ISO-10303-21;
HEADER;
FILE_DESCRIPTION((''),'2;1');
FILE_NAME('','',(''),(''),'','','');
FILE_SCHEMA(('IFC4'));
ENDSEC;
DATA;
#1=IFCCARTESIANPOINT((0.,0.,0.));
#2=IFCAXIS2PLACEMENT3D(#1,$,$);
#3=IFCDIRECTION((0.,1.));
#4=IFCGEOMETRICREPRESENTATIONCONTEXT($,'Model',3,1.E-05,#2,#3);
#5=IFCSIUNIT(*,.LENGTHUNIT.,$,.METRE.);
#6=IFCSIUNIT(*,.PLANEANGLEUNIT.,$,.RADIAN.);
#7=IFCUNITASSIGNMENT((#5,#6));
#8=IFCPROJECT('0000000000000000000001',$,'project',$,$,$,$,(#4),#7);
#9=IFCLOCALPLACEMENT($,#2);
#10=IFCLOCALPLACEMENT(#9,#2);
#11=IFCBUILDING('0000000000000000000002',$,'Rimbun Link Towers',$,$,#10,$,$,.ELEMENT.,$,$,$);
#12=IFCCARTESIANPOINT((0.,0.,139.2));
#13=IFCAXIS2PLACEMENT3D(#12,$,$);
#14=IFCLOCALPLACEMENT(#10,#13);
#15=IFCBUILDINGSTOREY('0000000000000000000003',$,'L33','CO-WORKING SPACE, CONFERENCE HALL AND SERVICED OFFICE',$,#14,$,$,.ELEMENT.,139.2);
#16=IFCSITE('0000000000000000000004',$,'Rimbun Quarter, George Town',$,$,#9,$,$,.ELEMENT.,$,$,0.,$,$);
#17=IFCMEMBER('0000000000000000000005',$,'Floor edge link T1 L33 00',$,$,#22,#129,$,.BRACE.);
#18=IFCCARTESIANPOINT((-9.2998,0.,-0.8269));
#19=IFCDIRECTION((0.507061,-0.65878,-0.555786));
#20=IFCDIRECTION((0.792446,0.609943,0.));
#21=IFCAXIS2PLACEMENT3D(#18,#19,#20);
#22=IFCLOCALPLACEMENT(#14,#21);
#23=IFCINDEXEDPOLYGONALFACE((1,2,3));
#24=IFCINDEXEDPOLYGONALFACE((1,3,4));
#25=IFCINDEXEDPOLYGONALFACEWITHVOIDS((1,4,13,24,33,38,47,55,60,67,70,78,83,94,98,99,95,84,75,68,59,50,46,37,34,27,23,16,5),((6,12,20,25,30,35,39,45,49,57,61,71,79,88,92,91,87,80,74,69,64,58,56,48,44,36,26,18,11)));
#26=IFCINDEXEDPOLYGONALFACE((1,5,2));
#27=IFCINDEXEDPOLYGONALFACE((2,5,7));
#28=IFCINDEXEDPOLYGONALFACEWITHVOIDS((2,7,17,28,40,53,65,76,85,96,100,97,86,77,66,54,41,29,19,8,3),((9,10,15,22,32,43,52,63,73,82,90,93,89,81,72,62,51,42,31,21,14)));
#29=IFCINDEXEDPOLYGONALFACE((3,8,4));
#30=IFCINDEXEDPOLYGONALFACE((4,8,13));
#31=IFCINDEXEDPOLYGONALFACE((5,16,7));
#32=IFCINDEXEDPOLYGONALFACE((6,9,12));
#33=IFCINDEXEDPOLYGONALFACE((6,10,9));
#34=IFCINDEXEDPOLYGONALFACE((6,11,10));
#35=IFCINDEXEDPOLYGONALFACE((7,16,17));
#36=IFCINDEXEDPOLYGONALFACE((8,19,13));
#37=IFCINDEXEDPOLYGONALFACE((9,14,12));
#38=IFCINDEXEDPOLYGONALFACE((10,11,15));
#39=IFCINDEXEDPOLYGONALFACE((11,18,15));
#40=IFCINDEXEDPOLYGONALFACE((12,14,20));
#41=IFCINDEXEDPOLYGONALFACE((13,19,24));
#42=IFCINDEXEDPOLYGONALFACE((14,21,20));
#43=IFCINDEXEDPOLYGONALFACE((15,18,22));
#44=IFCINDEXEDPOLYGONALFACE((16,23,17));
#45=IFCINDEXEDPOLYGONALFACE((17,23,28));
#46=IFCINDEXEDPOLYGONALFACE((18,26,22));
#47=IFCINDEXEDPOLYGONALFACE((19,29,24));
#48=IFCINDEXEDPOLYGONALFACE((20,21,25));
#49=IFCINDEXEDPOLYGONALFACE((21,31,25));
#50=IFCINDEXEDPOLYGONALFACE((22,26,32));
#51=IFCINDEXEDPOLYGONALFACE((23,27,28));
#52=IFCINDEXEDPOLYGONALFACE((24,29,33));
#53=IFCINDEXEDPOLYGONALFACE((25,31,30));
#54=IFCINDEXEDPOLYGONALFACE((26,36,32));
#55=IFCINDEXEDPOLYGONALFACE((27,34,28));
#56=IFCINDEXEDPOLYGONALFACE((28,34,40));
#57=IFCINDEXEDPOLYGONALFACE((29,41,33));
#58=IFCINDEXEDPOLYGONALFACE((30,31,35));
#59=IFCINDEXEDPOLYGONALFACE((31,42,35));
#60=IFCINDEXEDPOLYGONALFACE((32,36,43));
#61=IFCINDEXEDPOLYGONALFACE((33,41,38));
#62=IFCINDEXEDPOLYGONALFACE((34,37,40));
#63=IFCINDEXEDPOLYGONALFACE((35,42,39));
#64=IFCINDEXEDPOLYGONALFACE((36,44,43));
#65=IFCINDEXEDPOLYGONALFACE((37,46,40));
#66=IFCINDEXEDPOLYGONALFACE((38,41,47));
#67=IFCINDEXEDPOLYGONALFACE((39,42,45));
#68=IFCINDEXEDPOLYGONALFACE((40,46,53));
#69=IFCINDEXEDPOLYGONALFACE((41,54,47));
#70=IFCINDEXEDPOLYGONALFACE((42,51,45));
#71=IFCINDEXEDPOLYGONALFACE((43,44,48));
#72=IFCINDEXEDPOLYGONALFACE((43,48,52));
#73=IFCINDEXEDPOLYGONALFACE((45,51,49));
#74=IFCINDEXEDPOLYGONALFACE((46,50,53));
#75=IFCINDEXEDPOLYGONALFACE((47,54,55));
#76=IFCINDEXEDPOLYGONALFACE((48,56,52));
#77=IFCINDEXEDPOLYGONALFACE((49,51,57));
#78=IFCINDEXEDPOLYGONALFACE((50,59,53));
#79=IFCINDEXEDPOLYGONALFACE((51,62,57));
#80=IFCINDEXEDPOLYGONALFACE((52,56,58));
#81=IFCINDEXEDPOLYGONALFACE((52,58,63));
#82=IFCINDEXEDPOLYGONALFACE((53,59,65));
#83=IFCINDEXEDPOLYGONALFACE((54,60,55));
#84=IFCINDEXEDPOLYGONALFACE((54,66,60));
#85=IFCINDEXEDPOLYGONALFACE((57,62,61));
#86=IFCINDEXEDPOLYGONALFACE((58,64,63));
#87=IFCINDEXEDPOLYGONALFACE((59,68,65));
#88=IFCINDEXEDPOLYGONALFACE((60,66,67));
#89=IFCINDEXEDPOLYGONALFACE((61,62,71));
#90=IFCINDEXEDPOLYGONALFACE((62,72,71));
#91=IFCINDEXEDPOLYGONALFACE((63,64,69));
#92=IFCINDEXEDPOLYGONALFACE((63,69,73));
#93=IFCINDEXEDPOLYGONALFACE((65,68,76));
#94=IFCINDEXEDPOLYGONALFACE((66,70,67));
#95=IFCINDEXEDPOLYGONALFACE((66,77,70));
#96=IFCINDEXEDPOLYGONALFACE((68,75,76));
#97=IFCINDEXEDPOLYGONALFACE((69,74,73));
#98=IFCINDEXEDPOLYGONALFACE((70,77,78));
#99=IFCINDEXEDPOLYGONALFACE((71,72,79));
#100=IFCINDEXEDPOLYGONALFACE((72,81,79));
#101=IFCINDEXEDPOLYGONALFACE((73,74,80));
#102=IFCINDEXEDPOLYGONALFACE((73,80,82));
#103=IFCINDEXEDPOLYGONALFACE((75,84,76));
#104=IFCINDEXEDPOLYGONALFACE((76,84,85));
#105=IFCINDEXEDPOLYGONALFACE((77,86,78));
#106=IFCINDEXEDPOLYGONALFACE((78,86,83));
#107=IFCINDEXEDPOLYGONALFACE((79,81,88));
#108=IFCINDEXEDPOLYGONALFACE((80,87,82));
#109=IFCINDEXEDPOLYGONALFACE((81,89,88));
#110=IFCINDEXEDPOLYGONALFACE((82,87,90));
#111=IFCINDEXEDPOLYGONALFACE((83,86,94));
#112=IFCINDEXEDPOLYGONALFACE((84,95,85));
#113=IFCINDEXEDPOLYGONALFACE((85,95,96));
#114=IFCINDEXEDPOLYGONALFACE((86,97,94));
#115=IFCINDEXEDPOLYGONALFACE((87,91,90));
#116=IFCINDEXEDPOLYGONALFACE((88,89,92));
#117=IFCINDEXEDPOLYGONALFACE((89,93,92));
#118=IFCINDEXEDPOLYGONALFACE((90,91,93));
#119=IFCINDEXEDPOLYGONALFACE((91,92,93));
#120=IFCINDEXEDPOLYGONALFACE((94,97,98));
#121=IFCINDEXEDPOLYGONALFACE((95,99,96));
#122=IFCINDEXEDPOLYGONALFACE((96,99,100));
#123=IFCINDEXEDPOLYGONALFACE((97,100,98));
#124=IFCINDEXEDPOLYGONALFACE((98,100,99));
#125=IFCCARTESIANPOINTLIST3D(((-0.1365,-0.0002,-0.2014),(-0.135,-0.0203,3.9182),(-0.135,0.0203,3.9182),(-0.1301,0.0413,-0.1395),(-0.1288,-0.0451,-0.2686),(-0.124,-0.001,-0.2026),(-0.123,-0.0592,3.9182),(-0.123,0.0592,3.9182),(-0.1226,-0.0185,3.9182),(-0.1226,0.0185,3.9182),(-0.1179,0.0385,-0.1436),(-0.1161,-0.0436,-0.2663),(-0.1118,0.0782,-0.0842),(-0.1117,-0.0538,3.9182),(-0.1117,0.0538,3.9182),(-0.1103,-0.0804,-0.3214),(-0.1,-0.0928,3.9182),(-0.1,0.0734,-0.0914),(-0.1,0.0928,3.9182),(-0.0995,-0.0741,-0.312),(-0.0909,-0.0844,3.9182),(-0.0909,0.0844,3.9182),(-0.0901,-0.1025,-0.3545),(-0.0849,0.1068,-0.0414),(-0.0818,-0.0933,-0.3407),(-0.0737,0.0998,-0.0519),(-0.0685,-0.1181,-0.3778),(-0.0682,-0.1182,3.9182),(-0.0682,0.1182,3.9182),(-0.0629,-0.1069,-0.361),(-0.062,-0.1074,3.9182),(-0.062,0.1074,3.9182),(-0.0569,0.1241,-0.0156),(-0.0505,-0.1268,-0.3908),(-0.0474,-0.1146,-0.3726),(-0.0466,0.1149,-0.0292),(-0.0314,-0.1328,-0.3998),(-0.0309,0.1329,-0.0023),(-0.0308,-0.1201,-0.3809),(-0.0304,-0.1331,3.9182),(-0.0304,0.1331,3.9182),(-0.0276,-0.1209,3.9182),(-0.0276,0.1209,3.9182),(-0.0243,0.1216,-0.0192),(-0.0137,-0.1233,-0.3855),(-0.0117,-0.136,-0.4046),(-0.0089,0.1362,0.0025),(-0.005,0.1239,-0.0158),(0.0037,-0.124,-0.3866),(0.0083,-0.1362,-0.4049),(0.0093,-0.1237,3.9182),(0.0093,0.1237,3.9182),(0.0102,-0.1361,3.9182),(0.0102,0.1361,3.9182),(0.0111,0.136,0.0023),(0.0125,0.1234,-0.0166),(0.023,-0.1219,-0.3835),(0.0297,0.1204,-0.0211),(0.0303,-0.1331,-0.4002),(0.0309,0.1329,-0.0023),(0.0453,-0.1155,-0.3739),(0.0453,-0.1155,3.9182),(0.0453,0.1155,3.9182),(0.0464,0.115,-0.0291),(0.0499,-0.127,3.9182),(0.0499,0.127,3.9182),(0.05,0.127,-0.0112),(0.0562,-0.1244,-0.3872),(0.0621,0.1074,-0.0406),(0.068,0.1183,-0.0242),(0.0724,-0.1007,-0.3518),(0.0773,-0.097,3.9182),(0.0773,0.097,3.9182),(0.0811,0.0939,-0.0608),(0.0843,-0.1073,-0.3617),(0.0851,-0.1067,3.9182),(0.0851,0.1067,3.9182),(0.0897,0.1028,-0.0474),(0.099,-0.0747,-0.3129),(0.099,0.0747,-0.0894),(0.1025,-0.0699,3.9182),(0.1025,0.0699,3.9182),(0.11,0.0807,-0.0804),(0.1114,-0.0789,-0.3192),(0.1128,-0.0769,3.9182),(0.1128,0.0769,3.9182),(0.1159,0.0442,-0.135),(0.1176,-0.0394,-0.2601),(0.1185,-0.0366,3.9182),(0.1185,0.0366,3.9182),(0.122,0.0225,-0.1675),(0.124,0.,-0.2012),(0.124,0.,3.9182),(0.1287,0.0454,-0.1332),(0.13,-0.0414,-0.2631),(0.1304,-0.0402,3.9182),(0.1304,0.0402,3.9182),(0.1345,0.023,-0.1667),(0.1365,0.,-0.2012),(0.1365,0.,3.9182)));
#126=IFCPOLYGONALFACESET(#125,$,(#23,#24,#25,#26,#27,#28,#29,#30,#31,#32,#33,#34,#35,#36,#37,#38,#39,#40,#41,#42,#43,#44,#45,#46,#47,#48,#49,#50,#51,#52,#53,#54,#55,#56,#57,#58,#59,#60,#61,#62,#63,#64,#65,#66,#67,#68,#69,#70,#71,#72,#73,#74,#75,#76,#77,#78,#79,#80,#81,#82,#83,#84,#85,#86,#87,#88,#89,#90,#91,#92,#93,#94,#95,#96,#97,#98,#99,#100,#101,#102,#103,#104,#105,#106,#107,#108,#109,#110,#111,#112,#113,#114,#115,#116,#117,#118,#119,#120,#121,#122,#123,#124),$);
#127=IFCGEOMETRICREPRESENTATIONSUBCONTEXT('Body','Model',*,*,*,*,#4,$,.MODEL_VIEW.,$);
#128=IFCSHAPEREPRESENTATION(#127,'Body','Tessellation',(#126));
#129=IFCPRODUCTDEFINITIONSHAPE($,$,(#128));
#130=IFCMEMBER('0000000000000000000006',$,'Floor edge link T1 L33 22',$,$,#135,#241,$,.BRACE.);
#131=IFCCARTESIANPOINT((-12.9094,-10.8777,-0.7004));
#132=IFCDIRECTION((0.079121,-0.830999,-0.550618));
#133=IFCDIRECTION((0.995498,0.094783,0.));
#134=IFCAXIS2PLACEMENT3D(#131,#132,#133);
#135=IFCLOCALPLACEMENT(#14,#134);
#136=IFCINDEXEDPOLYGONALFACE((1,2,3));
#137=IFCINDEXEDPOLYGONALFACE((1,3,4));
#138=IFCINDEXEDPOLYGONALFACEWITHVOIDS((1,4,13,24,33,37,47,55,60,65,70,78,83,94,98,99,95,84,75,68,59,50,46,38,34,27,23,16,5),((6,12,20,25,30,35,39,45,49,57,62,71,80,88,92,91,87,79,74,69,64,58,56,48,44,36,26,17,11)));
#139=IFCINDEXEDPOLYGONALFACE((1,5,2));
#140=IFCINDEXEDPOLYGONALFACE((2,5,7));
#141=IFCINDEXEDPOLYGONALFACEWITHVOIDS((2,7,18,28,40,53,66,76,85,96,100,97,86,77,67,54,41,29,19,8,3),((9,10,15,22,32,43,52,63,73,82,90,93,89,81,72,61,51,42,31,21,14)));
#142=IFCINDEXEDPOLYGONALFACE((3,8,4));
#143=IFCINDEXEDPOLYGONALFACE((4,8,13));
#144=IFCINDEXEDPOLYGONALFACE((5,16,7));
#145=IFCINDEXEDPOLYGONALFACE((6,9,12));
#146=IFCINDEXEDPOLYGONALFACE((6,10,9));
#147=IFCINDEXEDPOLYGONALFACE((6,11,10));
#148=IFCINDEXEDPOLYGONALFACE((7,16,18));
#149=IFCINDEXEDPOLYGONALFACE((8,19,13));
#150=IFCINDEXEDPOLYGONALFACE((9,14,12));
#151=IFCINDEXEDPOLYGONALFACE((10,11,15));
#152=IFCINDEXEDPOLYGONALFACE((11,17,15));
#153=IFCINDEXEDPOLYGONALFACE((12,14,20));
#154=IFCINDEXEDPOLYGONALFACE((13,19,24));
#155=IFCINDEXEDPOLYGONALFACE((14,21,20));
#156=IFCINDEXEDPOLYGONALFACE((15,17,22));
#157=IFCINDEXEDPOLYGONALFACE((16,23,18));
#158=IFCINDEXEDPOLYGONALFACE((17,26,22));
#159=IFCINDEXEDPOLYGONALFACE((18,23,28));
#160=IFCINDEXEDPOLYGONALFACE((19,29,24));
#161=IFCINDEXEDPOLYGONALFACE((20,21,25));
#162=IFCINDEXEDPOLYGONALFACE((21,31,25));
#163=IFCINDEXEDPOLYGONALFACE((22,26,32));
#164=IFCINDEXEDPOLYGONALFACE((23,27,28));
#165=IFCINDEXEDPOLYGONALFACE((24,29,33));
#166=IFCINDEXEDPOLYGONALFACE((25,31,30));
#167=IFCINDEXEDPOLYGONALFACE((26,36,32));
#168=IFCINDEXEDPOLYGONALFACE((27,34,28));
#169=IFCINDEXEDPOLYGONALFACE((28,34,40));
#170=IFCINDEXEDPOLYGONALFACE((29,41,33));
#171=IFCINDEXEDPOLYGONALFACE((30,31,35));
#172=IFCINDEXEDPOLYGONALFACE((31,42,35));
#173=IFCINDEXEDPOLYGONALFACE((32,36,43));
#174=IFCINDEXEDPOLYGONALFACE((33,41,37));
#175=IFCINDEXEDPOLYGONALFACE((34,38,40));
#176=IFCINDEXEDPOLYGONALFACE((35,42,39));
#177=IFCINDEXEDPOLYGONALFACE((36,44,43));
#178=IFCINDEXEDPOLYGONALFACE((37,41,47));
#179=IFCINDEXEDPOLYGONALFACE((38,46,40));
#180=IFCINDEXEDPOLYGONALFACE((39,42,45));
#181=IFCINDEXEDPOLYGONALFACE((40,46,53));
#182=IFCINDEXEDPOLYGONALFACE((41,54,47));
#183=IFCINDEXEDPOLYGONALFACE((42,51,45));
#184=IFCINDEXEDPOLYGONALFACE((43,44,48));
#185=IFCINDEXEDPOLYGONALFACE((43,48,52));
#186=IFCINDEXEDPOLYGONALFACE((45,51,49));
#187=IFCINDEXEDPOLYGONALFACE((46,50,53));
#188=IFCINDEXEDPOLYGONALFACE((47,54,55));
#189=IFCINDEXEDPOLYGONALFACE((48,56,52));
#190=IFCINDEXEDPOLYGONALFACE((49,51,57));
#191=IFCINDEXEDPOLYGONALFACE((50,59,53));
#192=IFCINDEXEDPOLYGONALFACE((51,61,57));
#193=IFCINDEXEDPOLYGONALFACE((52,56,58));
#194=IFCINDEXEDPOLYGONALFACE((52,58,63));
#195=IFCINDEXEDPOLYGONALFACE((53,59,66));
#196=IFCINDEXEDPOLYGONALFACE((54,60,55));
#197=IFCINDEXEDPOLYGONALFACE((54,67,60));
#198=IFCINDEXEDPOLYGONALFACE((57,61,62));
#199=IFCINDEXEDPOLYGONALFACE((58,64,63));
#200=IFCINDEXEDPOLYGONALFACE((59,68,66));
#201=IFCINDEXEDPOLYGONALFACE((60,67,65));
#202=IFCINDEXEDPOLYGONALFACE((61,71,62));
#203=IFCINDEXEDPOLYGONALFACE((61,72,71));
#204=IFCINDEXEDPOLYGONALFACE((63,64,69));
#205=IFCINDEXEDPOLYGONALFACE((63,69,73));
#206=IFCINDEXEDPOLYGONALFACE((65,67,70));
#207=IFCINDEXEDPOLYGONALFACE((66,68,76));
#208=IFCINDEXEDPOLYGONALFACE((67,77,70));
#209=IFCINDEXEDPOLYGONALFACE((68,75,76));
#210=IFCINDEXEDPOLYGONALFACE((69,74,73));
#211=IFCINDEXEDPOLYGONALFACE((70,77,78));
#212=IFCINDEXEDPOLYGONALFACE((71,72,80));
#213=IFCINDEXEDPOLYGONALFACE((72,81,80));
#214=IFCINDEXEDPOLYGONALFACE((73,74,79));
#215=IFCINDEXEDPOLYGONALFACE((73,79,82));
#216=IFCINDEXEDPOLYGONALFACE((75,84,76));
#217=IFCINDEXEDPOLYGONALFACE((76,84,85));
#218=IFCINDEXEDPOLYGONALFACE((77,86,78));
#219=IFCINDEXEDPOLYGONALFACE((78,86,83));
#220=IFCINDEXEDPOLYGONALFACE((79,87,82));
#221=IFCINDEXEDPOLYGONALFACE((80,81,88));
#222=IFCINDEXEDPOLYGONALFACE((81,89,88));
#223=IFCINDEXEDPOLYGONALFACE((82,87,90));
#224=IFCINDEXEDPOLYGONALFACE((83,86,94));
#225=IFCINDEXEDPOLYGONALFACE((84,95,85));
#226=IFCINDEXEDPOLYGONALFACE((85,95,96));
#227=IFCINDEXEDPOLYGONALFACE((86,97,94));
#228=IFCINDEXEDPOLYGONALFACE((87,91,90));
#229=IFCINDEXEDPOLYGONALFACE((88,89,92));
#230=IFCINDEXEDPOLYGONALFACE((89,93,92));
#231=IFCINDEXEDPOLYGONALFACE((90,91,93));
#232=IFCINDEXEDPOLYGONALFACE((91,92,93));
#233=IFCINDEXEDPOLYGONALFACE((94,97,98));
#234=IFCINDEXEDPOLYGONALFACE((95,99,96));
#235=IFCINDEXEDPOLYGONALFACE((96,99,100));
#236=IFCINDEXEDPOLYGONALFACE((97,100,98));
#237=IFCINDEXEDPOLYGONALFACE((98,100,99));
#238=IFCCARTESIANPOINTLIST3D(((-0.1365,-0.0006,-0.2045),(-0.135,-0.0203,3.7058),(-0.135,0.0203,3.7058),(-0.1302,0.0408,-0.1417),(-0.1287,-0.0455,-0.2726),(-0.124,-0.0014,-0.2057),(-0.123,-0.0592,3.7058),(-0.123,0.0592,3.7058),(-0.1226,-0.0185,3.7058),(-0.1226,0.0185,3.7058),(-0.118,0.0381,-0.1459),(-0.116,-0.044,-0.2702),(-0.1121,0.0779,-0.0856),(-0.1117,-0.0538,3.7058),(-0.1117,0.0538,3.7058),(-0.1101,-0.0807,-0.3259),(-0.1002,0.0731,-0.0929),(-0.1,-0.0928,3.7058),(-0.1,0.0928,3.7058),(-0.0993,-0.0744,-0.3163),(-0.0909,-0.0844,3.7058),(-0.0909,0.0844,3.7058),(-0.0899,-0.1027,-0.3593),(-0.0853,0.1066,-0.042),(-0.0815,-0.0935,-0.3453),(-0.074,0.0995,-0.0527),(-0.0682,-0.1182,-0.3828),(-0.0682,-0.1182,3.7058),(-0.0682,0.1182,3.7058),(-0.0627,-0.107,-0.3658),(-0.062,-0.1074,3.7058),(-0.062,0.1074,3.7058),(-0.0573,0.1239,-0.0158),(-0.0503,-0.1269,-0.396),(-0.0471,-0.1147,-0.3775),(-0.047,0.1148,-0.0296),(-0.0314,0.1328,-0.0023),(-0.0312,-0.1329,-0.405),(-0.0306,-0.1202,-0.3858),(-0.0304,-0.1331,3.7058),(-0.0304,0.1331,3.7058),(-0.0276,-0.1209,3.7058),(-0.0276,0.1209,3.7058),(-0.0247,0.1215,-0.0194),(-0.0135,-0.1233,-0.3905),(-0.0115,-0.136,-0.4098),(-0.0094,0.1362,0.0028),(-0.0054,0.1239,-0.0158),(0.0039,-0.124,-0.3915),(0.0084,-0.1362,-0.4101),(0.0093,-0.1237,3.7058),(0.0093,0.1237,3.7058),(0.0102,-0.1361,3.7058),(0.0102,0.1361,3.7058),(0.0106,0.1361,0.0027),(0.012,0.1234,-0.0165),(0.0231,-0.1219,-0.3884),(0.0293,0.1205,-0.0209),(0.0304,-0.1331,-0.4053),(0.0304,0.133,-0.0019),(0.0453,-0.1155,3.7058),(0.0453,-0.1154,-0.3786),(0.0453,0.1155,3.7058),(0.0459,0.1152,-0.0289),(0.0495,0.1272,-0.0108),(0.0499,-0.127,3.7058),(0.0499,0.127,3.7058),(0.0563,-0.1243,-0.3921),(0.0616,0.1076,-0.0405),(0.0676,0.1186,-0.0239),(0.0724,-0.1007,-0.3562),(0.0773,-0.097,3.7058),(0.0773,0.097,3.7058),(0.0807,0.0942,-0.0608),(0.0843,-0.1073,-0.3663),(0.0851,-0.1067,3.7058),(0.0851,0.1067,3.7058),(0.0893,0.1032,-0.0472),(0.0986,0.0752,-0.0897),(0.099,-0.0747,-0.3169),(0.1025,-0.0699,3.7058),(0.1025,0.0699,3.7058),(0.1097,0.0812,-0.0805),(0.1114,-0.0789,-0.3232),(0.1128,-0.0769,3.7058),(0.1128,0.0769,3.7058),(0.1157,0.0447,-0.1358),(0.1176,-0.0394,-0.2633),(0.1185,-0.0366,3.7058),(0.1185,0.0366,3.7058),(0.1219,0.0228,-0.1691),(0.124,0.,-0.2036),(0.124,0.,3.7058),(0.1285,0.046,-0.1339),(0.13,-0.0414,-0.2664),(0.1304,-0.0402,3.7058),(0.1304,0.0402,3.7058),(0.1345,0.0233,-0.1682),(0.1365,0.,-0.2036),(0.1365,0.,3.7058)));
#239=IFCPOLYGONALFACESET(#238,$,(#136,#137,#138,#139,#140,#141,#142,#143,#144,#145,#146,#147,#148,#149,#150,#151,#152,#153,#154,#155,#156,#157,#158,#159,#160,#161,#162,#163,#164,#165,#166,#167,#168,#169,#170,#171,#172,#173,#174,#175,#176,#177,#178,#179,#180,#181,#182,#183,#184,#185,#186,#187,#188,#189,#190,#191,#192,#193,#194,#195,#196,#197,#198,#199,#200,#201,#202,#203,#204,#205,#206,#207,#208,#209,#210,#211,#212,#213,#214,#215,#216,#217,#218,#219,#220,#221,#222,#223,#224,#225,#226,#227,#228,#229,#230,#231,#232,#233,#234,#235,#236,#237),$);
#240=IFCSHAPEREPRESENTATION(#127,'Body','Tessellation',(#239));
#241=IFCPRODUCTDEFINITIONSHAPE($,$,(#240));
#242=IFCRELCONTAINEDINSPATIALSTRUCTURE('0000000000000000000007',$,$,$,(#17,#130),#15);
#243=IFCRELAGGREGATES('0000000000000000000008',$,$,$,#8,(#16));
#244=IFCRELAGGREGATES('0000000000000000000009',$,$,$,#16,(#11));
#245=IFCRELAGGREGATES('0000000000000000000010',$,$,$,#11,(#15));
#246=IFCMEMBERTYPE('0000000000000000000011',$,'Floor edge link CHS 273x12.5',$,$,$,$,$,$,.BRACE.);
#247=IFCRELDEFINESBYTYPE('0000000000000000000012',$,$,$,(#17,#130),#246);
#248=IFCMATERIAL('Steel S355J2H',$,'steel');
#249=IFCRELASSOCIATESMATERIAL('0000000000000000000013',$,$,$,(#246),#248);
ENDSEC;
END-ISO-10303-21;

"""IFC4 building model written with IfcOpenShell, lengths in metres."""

from ifc_helpers import new_model, si_unit, direction, frame, origin, origin_2d, place, context, subcontext, project, spatial, hollow_circle, extrude, clip, halfspace, material, material_profile, profile_set, type_object, element, save


model = new_model("IFC4")

# Units and contexts
model_context = context("Model", 3, precision=1e-05, world=origin(), true_north=direction((0.0, 1.0)))
body_context = subcontext(model_context, "Body", "Model", "MODEL_VIEW")
ifc_project = project(units=[si_unit("LENGTHUNIT", "METRE"), si_unit("PLANEANGLEUNIT", "RADIAN")], contexts=[model_context])

# Site, building, storey
site_placement = place(None, origin())
site = spatial("IfcSite", under=ifc_project, at=site_placement, Name="Rimbun Quarter, George Town", CompositionType="ELEMENT", RefElevation=0.0)
building_placement = place(site_placement, origin())
building = spatial("IfcBuilding", under=site, at=building_placement, Name="Rimbun Link Towers", CompositionType="ELEMENT")
storey_placement = place(building_placement, frame((0.0, 0.0, 139.2)))
storey = spatial("IfcBuildingStorey", under=building, at=storey_placement, Name="L33", Description="CO-WORKING SPACE, CONFERENCE HALL AND SERVICED OFFICE", CompositionType="ELEMENT", Elevation=139.2)

# Members
ifc_material_1 = material(Name="Steel S355J2H", Category="steel")
ifc_material_profile_1 = material_profile(ifc_material_1, hollow_circle(Radius=0.1365, WallThickness=0.0125, at=origin_2d()), Name="CHS 273x12.5")
ifc_profile_set_1 = profile_set([ifc_material_profile_1], Name="Steel S355J2H")
member_type_1 = type_object("IfcMemberType", Name="Floor edge link CHS 273x12.5", PredefinedType="BRACE", material=ifc_profile_set_1)
member_1_placement = place(storey_placement, frame((-9.2998, 0.0, -0.8269), z_axis=(0.507061, -0.65878, -0.555786), x_axis=(0.792446, 0.609943, 0.0)))
element("IfcMember", 1, at=member_1_placement, inside=storey, type_object=member_type_1, Name="Floor edge link T1 L33 00", PredefinedType="BRACE", context=body_context, shape_type="Clipping", body=[
    clip(extrude(hollow_circle(Radius=0.1365, WallThickness=0.0125, at=origin_2d()), frame((0.0, 0.0, -0.4263)), (0.0, 0.0, 1.0), 4.3445), halfspace(frame((0.0, 0.0, -0.2012), z_axis=(0.0, 0.831326, -0.555786)), False)),
])
member_2_placement = place(storey_placement, frame((-12.9094, -10.8777, -0.7004), z_axis=(0.079121, -0.830999, -0.550618), x_axis=(0.995498, 0.094783, 0.0)))
element("IfcMember", 2, at=member_2_placement, inside=storey, type_object=member_type_1, Name="Floor edge link T1 L33 22", PredefinedType="BRACE", context=body_context, shape_type="Clipping", body=[
    clip(extrude(hollow_circle(Radius=0.1365, WallThickness=0.0125, at=origin_2d()), frame((0.0, 0.0, -0.4321)), (0.0, 0.0, 1.0), 4.1379), halfspace(frame((0.0, 0.0, -0.2036), z_axis=(0.0, 0.834757, -0.550618)), False)),
])

save(model, "model.ifc")
